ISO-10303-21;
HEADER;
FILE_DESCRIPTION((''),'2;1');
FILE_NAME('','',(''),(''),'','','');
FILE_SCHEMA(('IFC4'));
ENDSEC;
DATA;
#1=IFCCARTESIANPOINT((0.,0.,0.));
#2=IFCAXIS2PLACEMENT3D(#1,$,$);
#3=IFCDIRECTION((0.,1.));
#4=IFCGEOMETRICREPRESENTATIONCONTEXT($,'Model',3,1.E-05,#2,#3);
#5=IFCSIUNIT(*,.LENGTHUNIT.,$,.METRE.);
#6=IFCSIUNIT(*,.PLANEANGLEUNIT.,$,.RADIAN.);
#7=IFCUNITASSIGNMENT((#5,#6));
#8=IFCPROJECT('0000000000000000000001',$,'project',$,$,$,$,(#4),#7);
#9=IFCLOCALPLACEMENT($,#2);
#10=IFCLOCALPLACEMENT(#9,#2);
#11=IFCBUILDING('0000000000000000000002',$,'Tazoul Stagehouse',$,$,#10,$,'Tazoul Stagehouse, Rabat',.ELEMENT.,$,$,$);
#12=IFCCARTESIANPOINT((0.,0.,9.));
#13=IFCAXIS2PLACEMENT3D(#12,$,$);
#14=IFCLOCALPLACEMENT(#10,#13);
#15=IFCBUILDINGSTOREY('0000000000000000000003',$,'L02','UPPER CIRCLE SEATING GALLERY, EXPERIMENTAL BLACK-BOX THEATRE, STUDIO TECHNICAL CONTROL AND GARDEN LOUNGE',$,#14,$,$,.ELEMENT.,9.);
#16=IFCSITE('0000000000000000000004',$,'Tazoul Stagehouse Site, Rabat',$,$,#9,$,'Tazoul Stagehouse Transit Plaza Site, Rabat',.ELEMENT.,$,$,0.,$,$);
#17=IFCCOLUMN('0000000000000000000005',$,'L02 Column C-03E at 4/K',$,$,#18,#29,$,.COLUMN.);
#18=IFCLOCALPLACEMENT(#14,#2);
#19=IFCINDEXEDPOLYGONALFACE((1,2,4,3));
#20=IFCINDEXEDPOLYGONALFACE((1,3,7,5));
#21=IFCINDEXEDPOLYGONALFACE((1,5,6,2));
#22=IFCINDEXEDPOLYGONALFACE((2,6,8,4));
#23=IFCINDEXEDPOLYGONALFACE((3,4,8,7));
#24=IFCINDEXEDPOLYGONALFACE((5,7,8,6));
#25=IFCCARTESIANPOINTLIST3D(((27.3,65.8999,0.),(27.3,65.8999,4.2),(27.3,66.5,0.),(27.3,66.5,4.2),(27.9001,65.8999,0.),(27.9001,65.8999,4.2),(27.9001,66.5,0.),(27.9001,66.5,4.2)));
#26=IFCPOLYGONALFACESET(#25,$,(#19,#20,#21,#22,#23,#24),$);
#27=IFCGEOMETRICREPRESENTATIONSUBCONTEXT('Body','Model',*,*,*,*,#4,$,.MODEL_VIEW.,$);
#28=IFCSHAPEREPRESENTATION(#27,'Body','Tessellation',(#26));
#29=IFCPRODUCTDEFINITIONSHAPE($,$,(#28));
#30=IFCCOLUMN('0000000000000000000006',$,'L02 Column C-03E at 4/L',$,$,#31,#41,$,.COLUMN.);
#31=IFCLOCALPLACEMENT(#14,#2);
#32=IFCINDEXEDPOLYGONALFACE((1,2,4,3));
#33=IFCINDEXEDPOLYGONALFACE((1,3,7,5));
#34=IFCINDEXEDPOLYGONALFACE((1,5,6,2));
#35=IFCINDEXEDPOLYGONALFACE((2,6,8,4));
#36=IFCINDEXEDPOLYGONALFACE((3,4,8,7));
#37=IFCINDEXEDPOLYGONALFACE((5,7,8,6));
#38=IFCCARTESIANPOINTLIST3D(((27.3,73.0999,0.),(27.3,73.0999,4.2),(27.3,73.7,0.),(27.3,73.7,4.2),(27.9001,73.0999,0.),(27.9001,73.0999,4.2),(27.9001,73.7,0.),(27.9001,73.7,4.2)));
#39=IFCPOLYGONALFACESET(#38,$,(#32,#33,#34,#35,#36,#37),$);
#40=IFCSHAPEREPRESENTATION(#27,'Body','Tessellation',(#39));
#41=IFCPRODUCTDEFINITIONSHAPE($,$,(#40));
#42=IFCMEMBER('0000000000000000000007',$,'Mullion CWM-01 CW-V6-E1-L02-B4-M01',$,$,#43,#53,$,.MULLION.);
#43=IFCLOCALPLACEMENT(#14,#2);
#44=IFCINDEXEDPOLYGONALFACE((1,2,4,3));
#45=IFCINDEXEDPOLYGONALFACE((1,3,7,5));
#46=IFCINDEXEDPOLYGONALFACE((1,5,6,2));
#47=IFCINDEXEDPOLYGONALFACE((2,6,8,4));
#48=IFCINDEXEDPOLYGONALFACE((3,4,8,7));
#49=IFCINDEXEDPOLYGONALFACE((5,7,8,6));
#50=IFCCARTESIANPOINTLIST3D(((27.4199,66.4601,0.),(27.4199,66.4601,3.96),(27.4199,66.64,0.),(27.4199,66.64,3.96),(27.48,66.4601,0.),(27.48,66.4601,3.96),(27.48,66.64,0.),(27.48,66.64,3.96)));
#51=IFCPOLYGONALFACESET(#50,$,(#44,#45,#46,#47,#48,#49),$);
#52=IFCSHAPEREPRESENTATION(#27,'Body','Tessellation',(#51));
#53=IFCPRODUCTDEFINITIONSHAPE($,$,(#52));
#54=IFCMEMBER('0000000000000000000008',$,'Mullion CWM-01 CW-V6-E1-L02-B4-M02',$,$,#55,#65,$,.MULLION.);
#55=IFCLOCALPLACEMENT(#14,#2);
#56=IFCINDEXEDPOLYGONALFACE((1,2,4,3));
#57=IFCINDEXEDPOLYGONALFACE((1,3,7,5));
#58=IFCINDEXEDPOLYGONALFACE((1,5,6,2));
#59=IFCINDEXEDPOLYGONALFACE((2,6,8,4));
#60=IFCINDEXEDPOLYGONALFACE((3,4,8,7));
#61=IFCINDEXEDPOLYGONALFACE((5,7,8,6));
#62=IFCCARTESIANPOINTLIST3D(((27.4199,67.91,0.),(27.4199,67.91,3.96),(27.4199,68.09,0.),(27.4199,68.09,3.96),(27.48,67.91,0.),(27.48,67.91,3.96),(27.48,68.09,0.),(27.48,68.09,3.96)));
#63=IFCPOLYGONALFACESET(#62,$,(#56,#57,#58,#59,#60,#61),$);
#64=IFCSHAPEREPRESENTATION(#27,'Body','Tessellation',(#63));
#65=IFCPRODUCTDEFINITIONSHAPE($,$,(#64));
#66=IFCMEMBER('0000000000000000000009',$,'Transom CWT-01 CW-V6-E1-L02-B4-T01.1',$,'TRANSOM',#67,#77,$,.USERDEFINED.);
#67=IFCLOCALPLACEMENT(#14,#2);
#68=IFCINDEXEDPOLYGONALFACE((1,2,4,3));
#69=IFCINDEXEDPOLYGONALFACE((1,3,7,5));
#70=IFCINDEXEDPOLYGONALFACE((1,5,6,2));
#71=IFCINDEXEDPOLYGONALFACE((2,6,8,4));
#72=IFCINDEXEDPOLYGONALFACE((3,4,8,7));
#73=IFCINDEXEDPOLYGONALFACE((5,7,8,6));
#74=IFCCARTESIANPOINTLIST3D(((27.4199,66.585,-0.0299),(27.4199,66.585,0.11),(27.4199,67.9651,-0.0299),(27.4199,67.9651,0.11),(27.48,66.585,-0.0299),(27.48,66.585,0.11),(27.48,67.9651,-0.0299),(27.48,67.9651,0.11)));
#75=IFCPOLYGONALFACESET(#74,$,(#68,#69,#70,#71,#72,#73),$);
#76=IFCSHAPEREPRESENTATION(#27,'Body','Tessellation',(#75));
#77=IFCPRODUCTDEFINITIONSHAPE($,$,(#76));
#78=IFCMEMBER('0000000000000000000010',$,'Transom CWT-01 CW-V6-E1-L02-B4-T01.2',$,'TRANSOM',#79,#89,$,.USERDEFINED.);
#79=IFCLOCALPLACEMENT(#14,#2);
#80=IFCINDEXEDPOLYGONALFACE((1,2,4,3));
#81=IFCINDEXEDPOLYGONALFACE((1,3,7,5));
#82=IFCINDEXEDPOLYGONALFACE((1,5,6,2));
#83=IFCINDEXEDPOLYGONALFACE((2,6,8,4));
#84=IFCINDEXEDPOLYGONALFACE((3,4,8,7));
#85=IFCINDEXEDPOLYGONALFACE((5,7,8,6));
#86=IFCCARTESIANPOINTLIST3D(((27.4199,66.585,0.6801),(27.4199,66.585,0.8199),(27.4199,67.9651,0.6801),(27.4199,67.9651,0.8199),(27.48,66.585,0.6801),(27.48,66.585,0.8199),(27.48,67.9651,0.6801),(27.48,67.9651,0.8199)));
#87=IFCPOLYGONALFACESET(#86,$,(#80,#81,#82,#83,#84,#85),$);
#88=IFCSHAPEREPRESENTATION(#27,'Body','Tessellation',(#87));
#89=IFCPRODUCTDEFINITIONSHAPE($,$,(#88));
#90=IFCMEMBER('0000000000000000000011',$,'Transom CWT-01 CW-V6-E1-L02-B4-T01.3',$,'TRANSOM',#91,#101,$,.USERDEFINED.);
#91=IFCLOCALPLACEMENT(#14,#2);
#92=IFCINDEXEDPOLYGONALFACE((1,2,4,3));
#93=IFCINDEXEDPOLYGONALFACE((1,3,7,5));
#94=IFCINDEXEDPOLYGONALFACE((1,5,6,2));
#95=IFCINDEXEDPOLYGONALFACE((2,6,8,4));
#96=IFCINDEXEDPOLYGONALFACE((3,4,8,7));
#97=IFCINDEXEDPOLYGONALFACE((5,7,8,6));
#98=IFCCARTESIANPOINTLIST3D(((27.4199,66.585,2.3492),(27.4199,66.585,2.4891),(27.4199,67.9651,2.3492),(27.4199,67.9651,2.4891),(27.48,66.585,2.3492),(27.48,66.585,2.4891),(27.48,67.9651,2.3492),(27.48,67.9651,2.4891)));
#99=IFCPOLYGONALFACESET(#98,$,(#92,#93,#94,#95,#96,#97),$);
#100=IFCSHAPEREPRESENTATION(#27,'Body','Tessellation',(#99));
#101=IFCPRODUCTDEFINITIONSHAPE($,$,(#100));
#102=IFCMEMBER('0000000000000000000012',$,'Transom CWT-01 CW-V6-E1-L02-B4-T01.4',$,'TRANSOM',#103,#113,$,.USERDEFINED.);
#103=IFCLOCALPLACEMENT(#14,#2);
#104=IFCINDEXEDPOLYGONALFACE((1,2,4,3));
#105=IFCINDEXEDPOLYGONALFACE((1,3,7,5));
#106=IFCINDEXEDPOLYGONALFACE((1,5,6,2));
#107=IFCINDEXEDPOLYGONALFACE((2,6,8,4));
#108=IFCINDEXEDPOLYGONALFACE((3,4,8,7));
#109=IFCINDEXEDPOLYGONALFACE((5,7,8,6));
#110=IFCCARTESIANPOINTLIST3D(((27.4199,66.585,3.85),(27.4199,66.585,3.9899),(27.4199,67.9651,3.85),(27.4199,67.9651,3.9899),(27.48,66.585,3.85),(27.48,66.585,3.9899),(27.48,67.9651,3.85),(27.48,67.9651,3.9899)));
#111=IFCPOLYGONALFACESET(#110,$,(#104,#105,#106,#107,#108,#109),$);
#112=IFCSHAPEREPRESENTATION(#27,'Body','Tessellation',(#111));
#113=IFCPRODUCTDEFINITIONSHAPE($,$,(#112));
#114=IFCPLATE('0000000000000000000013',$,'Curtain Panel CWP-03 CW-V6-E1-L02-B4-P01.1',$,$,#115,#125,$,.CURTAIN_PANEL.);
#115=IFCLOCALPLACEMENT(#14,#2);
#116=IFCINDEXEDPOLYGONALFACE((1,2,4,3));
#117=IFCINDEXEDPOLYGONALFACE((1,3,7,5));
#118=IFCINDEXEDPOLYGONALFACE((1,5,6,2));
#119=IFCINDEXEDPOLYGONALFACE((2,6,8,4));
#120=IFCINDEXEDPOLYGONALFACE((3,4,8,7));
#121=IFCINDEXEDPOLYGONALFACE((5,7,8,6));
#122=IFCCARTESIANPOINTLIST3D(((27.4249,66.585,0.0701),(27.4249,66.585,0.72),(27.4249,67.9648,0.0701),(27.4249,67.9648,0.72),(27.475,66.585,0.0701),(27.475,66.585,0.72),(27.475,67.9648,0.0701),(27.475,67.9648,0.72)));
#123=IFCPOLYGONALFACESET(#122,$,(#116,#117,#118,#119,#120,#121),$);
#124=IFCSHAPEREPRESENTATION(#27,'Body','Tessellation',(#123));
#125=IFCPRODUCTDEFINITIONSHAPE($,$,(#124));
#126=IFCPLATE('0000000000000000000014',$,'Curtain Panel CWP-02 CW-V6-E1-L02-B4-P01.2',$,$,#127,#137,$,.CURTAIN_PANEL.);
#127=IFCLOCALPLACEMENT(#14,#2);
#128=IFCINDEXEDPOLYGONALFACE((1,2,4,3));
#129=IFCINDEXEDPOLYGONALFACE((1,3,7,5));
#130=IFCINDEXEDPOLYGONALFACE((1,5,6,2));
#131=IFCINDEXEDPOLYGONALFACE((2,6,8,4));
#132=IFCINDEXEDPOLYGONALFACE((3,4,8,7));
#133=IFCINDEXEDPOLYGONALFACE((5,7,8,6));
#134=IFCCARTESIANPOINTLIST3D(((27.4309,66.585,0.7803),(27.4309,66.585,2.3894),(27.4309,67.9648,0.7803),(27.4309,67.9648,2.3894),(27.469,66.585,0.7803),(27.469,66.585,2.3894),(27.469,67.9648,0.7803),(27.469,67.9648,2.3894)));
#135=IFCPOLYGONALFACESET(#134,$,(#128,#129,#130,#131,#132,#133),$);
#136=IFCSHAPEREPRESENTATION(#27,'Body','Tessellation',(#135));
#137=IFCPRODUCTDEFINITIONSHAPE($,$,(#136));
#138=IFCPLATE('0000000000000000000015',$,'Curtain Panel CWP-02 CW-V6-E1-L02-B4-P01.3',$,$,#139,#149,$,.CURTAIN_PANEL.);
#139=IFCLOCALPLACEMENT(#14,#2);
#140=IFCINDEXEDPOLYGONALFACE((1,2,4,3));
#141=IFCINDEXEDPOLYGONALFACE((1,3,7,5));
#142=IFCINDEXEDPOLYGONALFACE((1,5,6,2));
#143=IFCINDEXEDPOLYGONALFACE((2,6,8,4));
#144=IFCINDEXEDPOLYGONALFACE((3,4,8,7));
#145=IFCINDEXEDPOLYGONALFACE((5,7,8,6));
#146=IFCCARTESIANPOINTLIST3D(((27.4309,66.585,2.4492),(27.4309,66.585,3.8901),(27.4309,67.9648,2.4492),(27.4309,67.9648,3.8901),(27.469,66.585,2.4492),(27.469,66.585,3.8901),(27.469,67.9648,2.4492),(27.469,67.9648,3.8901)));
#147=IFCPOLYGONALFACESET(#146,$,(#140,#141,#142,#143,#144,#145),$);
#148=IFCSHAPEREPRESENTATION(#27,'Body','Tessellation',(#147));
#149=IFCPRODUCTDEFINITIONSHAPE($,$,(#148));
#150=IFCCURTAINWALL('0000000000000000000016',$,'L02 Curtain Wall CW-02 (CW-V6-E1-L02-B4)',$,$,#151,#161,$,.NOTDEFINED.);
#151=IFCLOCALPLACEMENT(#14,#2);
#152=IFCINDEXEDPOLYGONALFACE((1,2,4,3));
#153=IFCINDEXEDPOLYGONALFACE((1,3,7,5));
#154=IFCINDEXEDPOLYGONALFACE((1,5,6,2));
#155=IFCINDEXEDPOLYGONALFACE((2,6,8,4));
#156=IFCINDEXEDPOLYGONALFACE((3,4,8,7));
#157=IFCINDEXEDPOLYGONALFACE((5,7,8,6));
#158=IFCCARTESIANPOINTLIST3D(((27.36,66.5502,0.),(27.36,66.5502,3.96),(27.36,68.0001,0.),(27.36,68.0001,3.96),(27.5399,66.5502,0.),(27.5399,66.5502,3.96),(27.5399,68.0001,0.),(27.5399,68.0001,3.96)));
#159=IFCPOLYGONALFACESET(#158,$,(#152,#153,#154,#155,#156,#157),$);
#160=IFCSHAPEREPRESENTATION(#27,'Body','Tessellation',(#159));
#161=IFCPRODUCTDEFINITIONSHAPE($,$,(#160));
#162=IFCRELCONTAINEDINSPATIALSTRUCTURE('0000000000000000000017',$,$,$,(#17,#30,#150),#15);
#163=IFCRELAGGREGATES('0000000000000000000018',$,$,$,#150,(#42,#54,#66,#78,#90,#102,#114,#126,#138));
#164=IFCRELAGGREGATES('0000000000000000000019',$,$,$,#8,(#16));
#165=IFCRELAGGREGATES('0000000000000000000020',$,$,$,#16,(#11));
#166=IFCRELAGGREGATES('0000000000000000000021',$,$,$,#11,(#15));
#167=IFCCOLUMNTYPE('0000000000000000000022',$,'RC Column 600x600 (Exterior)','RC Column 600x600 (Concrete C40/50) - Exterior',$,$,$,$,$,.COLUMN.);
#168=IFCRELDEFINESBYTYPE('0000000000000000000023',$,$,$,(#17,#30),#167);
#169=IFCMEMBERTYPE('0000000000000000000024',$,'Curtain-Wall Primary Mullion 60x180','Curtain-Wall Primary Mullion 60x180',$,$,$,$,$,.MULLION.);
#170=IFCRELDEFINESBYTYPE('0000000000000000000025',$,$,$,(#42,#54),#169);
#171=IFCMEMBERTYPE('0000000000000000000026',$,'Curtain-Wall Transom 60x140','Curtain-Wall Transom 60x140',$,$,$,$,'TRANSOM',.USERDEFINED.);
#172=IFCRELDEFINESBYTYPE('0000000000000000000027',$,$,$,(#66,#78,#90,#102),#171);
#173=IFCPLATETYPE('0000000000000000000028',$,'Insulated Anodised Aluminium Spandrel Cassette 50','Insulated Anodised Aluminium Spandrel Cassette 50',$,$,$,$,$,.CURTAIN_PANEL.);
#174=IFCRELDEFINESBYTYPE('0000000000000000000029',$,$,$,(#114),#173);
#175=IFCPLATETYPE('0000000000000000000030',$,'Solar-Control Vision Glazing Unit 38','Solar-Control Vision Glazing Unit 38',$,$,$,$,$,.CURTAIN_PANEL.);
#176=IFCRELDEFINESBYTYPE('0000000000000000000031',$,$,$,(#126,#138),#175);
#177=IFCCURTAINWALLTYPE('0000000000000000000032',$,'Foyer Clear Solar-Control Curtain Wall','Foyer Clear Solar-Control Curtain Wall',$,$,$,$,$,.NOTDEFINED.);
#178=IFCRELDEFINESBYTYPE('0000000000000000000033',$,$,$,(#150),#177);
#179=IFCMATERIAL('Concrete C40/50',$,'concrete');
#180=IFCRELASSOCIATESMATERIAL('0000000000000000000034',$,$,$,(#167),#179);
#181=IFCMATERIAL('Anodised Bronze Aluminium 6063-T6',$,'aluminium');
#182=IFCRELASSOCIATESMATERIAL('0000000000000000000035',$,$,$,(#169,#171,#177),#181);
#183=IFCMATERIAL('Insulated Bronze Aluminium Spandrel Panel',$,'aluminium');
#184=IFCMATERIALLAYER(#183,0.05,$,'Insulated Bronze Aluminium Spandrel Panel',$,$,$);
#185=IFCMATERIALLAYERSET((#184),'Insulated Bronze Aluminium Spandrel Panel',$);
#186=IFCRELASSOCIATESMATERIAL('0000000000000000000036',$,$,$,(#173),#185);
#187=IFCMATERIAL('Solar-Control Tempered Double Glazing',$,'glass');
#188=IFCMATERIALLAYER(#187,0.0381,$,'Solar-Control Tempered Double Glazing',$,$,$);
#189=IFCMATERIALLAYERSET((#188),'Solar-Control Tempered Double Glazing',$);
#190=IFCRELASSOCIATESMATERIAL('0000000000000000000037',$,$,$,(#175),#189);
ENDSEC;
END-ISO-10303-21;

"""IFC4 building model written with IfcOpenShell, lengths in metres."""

from ifc_helpers import new_model, si_unit, direction, frame, frame_2d, origin, origin_2d, place, context, subcontext, project, spatial, rectangle, extrude, material, layer, layer_set, material_profile, profile_set, type_object, element, aggregate, save


model = new_model("IFC4")

# Units and contexts
model_context = context("Model", 3, precision=1e-05, world=origin(), true_north=direction((0.0, 1.0)))
body_context = subcontext(model_context, "Body", "Model", "MODEL_VIEW")
ifc_project = project(units=[si_unit("LENGTHUNIT", "METRE"), si_unit("PLANEANGLEUNIT", "RADIAN")], contexts=[model_context])

# Site, building, storey
site_placement = place(None, origin())
site = spatial("IfcSite", under=ifc_project, at=site_placement, Name="Tazoul Stagehouse Site, Rabat", LongName="Tazoul Stagehouse Transit Plaza Site, Rabat", CompositionType="ELEMENT", RefElevation=0.0)
building_placement = place(site_placement, origin())
building = spatial("IfcBuilding", under=site, at=building_placement, Name="Tazoul Stagehouse", LongName="Tazoul Stagehouse, Rabat", CompositionType="ELEMENT")
storey_placement = place(building_placement, frame((0.0, 0.0, 9.0)))
storey = spatial("IfcBuildingStorey", under=building, at=storey_placement, Name="L02", Description="UPPER CIRCLE SEATING GALLERY, EXPERIMENTAL BLACK-BOX THEATRE, STUDIO TECHNICAL CONTROL AND GARDEN LOUNGE", CompositionType="ELEMENT", Elevation=9.0)

# Columns
ifc_material_1 = material(Name="Concrete C40/50", Category="concrete")
ifc_material_profile_1 = material_profile(ifc_material_1, rectangle(XDim=0.6001, YDim=0.6001, at=origin_2d()), Name="RC 600x600")
ifc_profile_set_1 = profile_set([ifc_material_profile_1], Name="Concrete C40/50")
column_type = type_object("IfcColumnType", Name="RC Column 600x600 (Exterior)", Description="RC Column 600x600 (Concrete C40/50) - Exterior", PredefinedType="COLUMN", material=ifc_profile_set_1)
for number, where, z_axis, x_axis, name in (
    (1, (27.6001, 66.2, 0.0), (0.0, 0.0, 1.0), (1.0, 0.0, 0.0), "L02 Column C-03E at 4/K"),
    (2, (27.6001, 73.3999, 0.0), (0.0, 0.0, 1.0), (1.0, 0.0, 0.0), "L02 Column C-03E at 4/L"),
):
    element("IfcColumn", number, at=place(storey_placement, frame(where, z_axis=z_axis, x_axis=x_axis)), inside=storey, type_object=column_type, Name=name, PredefinedType="COLUMN", context=body_context, shape_type="SweptSolid", body=[
        extrude(rectangle(XDim=0.6001, YDim=0.6001, at=origin_2d()), origin(), (0.0, 0.0, 1.0), 4.2),
    ])

# Members
ifc_material_2 = material(Name="Anodised Bronze Aluminium 6063-T6", Category="aluminium")
ifc_material_profile_2 = material_profile(ifc_material_2, rectangle(XDim=0.0601, YDim=0.1799, at=origin_2d()), Name="ALU MULLION 60x180")
ifc_profile_set_2 = profile_set([ifc_material_profile_2], Name="Anodised Bronze Aluminium 6063-T6")
member_type_1 = type_object("IfcMemberType", Name="Curtain-Wall Primary Mullion 60x180", Description="Curtain-Wall Primary Mullion 60x180", PredefinedType="MULLION", material=ifc_profile_set_2)
member_1_placement = place(storey_placement, frame((27.45, 66.55, 0.0), z_axis=(0.0, 0.0, 1.0), x_axis=(1.0, 0.0, 0.0)))
member_1 = element("IfcMember", 3, at=member_1_placement, type_object=member_type_1, Name="Mullion CWM-01 CW-V6-E1-L02-B4-M01", PredefinedType="MULLION", context=body_context, shape_type="SweptSolid", body=[
    extrude(rectangle(XDim=0.0601, YDim=0.1799, at=origin_2d()), origin(), (0.0, 0.0, 1.0), 3.96),
])
member_2_placement = place(storey_placement, frame((27.45, 68.0, 0.0), z_axis=(0.0, 0.0, 1.0), x_axis=(1.0, 0.0, 0.0)))
member_2 = element("IfcMember", 4, at=member_2_placement, type_object=member_type_1, Name="Mullion CWM-01 CW-V6-E1-L02-B4-M02", PredefinedType="MULLION", context=body_context, shape_type="SweptSolid", body=[
    extrude(rectangle(XDim=0.0601, YDim=0.1799, at=origin_2d()), origin(), (0.0, 0.0, 1.0), 3.96),
])
ifc_material_profile_3 = material_profile(ifc_material_2, rectangle(XDim=0.0601, YDim=0.1399, at=origin_2d()), Name="ALU TRANSOM 60x140")
ifc_profile_set_3 = profile_set([ifc_material_profile_3], Name="Anodised Bronze Aluminium 6063-T6")
member_type_2 = type_object("IfcMemberType", Name="Curtain-Wall Transom 60x140", Description="Curtain-Wall Transom 60x140", ElementType="TRANSOM", PredefinedType="USERDEFINED", material=ifc_profile_set_3)
member_3_placement = place(storey_placement, frame((27.45, 66.585, 0.04), z_axis=(0.0, 1.0, 0.0), x_axis=(-1.0, 0.0, 0.0)))
member_3 = element("IfcMember", 5, at=member_3_placement, type_object=member_type_2, Name="Transom CWT-01 CW-V6-E1-L02-B4-T01.1", ObjectType="TRANSOM", PredefinedType="USERDEFINED", context=body_context, shape_type="SweptSolid", body=[
    extrude(rectangle(XDim=0.0601, YDim=0.1399, at=origin_2d()), origin(), (0.0, 0.0, 1.0), 1.3801),
])
member_4_placement = place(storey_placement, frame((27.45, 66.585, 0.75), z_axis=(0.0, 1.0, 0.0), x_axis=(-1.0, 0.0, 0.0)))
member_4 = element("IfcMember", 6, at=member_4_placement, type_object=member_type_2, Name="Transom CWT-01 CW-V6-E1-L02-B4-T01.2", ObjectType="TRANSOM", PredefinedType="USERDEFINED", context=body_context, shape_type="SweptSolid", body=[
    extrude(rectangle(XDim=0.0601, YDim=0.1399, at=origin_2d()), origin(), (0.0, 0.0, 1.0), 1.3801),
])
member_5_placement = place(storey_placement, frame((27.45, 66.585, 2.4192), z_axis=(0.0, 1.0, 0.0), x_axis=(-1.0, 0.0, 0.0)))
member_5 = element("IfcMember", 7, at=member_5_placement, type_object=member_type_2, Name="Transom CWT-01 CW-V6-E1-L02-B4-T01.3", ObjectType="TRANSOM", PredefinedType="USERDEFINED", context=body_context, shape_type="SweptSolid", body=[
    extrude(rectangle(XDim=0.0601, YDim=0.1399, at=origin_2d()), origin(), (0.0, 0.0, 1.0), 1.3801),
])
member_6_placement = place(storey_placement, frame((27.45, 66.585, 3.9199), z_axis=(0.0, 1.0, 0.0), x_axis=(-1.0, 0.0, 0.0)))
member_6 = element("IfcMember", 8, at=member_6_placement, type_object=member_type_2, Name="Transom CWT-01 CW-V6-E1-L02-B4-T01.4", ObjectType="TRANSOM", PredefinedType="USERDEFINED", context=body_context, shape_type="SweptSolid", body=[
    extrude(rectangle(XDim=0.0601, YDim=0.1399, at=origin_2d()), origin(), (0.0, 0.0, 1.0), 1.3801),
])

# Plates
ifc_material_3 = material(Name="Insulated Bronze Aluminium Spandrel Panel", Category="aluminium")
ifc_layer_1 = layer(ifc_material_3, 0.05, Name="Insulated Bronze Aluminium Spandrel Panel")
ifc_layer_set_1 = layer_set([ifc_layer_1], Name="Insulated Bronze Aluminium Spandrel Panel")
plate_type_1 = type_object("IfcPlateType", Name="Insulated Anodised Aluminium Spandrel Cassette 50", Description="Insulated Anodised Aluminium Spandrel Cassette 50", PredefinedType="CURTAIN_PANEL", material=ifc_layer_set_1)
plate_1_placement = place(storey_placement, frame((27.45, 67.2749, 0.0701), z_axis=(0.0, 0.0, 1.0), x_axis=(0.0, 1.0, 0.0)))
plate_1 = element("IfcPlate", 9, at=plate_1_placement, type_object=plate_type_1, Name="Curtain Panel CWP-03 CW-V6-E1-L02-B4-P01.1", PredefinedType="CURTAIN_PANEL", context=body_context, shape_type="SweptSolid", body=[
    extrude(rectangle(XDim=1.3799, YDim=0.05, at=origin_2d()), origin(), (0.0, 0.0, 1.0), 0.6499),
])
ifc_material_4 = material(Name="Solar-Control Tempered Double Glazing", Category="glass")
ifc_layer_2 = layer(ifc_material_4, 0.0381, Name="Solar-Control Tempered Double Glazing")
ifc_layer_set_2 = layer_set([ifc_layer_2], Name="Solar-Control Tempered Double Glazing")
plate_type_2 = type_object("IfcPlateType", Name="Solar-Control Vision Glazing Unit 38", Description="Solar-Control Vision Glazing Unit 38", PredefinedType="CURTAIN_PANEL", material=ifc_layer_set_2)
plate_2_placement = place(storey_placement, frame((27.45, 67.2749, 0.7803), z_axis=(0.0, 0.0, 1.0), x_axis=(0.0, 1.0, 0.0)))
plate_2 = element("IfcPlate", 10, at=plate_2_placement, type_object=plate_type_2, Name="Curtain Panel CWP-02 CW-V6-E1-L02-B4-P01.2", PredefinedType="CURTAIN_PANEL", context=body_context, shape_type="SweptSolid", body=[
    extrude(rectangle(XDim=1.3799, YDim=0.0381, at=origin_2d()), origin(), (0.0, 0.0, 1.0), 1.6091),
])
plate_3_placement = place(storey_placement, frame((27.45, 67.2749, 2.4492), z_axis=(0.0, 0.0, 1.0), x_axis=(0.0, 1.0, 0.0)))
plate_3 = element("IfcPlate", 11, at=plate_3_placement, type_object=plate_type_2, Name="Curtain Panel CWP-02 CW-V6-E1-L02-B4-P01.3", PredefinedType="CURTAIN_PANEL", context=body_context, shape_type="SweptSolid", body=[
    extrude(rectangle(XDim=1.3799, YDim=0.0381, at=origin_2d()), origin(), (0.0, 0.0, 1.0), 1.4409),
])

# Curtain wall
curtain_wall_type = type_object("IfcCurtainWallType", Name="Foyer Clear Solar-Control Curtain Wall", Description="Foyer Clear Solar-Control Curtain Wall", PredefinedType="NOTDEFINED", material=ifc_material_2)
curtain_wall_placement = place(storey_placement, frame((27.45, 66.55, 0.0), z_axis=(0.0, 0.0, 1.0), x_axis=(0.0, 1.0, 0.0)))
curtain_wall = element("IfcCurtainWall", 12, at=curtain_wall_placement, inside=storey, type_object=curtain_wall_type, Name="L02 Curtain Wall CW-02 (CW-V6-E1-L02-B4)", PredefinedType="NOTDEFINED", context=body_context, shape_type="SweptSolid", body=[
    extrude(rectangle(XDim=1.45, YDim=0.1799, at=frame_2d((0.7251, 0.0))), origin(), (0.0, 0.0, 1.0), 3.96),
])
aggregate(curtain_wall, [member_1, member_2, member_3, member_4, member_5, member_6, plate_1, plate_2, plate_3])

save(model, "model.ifc")
